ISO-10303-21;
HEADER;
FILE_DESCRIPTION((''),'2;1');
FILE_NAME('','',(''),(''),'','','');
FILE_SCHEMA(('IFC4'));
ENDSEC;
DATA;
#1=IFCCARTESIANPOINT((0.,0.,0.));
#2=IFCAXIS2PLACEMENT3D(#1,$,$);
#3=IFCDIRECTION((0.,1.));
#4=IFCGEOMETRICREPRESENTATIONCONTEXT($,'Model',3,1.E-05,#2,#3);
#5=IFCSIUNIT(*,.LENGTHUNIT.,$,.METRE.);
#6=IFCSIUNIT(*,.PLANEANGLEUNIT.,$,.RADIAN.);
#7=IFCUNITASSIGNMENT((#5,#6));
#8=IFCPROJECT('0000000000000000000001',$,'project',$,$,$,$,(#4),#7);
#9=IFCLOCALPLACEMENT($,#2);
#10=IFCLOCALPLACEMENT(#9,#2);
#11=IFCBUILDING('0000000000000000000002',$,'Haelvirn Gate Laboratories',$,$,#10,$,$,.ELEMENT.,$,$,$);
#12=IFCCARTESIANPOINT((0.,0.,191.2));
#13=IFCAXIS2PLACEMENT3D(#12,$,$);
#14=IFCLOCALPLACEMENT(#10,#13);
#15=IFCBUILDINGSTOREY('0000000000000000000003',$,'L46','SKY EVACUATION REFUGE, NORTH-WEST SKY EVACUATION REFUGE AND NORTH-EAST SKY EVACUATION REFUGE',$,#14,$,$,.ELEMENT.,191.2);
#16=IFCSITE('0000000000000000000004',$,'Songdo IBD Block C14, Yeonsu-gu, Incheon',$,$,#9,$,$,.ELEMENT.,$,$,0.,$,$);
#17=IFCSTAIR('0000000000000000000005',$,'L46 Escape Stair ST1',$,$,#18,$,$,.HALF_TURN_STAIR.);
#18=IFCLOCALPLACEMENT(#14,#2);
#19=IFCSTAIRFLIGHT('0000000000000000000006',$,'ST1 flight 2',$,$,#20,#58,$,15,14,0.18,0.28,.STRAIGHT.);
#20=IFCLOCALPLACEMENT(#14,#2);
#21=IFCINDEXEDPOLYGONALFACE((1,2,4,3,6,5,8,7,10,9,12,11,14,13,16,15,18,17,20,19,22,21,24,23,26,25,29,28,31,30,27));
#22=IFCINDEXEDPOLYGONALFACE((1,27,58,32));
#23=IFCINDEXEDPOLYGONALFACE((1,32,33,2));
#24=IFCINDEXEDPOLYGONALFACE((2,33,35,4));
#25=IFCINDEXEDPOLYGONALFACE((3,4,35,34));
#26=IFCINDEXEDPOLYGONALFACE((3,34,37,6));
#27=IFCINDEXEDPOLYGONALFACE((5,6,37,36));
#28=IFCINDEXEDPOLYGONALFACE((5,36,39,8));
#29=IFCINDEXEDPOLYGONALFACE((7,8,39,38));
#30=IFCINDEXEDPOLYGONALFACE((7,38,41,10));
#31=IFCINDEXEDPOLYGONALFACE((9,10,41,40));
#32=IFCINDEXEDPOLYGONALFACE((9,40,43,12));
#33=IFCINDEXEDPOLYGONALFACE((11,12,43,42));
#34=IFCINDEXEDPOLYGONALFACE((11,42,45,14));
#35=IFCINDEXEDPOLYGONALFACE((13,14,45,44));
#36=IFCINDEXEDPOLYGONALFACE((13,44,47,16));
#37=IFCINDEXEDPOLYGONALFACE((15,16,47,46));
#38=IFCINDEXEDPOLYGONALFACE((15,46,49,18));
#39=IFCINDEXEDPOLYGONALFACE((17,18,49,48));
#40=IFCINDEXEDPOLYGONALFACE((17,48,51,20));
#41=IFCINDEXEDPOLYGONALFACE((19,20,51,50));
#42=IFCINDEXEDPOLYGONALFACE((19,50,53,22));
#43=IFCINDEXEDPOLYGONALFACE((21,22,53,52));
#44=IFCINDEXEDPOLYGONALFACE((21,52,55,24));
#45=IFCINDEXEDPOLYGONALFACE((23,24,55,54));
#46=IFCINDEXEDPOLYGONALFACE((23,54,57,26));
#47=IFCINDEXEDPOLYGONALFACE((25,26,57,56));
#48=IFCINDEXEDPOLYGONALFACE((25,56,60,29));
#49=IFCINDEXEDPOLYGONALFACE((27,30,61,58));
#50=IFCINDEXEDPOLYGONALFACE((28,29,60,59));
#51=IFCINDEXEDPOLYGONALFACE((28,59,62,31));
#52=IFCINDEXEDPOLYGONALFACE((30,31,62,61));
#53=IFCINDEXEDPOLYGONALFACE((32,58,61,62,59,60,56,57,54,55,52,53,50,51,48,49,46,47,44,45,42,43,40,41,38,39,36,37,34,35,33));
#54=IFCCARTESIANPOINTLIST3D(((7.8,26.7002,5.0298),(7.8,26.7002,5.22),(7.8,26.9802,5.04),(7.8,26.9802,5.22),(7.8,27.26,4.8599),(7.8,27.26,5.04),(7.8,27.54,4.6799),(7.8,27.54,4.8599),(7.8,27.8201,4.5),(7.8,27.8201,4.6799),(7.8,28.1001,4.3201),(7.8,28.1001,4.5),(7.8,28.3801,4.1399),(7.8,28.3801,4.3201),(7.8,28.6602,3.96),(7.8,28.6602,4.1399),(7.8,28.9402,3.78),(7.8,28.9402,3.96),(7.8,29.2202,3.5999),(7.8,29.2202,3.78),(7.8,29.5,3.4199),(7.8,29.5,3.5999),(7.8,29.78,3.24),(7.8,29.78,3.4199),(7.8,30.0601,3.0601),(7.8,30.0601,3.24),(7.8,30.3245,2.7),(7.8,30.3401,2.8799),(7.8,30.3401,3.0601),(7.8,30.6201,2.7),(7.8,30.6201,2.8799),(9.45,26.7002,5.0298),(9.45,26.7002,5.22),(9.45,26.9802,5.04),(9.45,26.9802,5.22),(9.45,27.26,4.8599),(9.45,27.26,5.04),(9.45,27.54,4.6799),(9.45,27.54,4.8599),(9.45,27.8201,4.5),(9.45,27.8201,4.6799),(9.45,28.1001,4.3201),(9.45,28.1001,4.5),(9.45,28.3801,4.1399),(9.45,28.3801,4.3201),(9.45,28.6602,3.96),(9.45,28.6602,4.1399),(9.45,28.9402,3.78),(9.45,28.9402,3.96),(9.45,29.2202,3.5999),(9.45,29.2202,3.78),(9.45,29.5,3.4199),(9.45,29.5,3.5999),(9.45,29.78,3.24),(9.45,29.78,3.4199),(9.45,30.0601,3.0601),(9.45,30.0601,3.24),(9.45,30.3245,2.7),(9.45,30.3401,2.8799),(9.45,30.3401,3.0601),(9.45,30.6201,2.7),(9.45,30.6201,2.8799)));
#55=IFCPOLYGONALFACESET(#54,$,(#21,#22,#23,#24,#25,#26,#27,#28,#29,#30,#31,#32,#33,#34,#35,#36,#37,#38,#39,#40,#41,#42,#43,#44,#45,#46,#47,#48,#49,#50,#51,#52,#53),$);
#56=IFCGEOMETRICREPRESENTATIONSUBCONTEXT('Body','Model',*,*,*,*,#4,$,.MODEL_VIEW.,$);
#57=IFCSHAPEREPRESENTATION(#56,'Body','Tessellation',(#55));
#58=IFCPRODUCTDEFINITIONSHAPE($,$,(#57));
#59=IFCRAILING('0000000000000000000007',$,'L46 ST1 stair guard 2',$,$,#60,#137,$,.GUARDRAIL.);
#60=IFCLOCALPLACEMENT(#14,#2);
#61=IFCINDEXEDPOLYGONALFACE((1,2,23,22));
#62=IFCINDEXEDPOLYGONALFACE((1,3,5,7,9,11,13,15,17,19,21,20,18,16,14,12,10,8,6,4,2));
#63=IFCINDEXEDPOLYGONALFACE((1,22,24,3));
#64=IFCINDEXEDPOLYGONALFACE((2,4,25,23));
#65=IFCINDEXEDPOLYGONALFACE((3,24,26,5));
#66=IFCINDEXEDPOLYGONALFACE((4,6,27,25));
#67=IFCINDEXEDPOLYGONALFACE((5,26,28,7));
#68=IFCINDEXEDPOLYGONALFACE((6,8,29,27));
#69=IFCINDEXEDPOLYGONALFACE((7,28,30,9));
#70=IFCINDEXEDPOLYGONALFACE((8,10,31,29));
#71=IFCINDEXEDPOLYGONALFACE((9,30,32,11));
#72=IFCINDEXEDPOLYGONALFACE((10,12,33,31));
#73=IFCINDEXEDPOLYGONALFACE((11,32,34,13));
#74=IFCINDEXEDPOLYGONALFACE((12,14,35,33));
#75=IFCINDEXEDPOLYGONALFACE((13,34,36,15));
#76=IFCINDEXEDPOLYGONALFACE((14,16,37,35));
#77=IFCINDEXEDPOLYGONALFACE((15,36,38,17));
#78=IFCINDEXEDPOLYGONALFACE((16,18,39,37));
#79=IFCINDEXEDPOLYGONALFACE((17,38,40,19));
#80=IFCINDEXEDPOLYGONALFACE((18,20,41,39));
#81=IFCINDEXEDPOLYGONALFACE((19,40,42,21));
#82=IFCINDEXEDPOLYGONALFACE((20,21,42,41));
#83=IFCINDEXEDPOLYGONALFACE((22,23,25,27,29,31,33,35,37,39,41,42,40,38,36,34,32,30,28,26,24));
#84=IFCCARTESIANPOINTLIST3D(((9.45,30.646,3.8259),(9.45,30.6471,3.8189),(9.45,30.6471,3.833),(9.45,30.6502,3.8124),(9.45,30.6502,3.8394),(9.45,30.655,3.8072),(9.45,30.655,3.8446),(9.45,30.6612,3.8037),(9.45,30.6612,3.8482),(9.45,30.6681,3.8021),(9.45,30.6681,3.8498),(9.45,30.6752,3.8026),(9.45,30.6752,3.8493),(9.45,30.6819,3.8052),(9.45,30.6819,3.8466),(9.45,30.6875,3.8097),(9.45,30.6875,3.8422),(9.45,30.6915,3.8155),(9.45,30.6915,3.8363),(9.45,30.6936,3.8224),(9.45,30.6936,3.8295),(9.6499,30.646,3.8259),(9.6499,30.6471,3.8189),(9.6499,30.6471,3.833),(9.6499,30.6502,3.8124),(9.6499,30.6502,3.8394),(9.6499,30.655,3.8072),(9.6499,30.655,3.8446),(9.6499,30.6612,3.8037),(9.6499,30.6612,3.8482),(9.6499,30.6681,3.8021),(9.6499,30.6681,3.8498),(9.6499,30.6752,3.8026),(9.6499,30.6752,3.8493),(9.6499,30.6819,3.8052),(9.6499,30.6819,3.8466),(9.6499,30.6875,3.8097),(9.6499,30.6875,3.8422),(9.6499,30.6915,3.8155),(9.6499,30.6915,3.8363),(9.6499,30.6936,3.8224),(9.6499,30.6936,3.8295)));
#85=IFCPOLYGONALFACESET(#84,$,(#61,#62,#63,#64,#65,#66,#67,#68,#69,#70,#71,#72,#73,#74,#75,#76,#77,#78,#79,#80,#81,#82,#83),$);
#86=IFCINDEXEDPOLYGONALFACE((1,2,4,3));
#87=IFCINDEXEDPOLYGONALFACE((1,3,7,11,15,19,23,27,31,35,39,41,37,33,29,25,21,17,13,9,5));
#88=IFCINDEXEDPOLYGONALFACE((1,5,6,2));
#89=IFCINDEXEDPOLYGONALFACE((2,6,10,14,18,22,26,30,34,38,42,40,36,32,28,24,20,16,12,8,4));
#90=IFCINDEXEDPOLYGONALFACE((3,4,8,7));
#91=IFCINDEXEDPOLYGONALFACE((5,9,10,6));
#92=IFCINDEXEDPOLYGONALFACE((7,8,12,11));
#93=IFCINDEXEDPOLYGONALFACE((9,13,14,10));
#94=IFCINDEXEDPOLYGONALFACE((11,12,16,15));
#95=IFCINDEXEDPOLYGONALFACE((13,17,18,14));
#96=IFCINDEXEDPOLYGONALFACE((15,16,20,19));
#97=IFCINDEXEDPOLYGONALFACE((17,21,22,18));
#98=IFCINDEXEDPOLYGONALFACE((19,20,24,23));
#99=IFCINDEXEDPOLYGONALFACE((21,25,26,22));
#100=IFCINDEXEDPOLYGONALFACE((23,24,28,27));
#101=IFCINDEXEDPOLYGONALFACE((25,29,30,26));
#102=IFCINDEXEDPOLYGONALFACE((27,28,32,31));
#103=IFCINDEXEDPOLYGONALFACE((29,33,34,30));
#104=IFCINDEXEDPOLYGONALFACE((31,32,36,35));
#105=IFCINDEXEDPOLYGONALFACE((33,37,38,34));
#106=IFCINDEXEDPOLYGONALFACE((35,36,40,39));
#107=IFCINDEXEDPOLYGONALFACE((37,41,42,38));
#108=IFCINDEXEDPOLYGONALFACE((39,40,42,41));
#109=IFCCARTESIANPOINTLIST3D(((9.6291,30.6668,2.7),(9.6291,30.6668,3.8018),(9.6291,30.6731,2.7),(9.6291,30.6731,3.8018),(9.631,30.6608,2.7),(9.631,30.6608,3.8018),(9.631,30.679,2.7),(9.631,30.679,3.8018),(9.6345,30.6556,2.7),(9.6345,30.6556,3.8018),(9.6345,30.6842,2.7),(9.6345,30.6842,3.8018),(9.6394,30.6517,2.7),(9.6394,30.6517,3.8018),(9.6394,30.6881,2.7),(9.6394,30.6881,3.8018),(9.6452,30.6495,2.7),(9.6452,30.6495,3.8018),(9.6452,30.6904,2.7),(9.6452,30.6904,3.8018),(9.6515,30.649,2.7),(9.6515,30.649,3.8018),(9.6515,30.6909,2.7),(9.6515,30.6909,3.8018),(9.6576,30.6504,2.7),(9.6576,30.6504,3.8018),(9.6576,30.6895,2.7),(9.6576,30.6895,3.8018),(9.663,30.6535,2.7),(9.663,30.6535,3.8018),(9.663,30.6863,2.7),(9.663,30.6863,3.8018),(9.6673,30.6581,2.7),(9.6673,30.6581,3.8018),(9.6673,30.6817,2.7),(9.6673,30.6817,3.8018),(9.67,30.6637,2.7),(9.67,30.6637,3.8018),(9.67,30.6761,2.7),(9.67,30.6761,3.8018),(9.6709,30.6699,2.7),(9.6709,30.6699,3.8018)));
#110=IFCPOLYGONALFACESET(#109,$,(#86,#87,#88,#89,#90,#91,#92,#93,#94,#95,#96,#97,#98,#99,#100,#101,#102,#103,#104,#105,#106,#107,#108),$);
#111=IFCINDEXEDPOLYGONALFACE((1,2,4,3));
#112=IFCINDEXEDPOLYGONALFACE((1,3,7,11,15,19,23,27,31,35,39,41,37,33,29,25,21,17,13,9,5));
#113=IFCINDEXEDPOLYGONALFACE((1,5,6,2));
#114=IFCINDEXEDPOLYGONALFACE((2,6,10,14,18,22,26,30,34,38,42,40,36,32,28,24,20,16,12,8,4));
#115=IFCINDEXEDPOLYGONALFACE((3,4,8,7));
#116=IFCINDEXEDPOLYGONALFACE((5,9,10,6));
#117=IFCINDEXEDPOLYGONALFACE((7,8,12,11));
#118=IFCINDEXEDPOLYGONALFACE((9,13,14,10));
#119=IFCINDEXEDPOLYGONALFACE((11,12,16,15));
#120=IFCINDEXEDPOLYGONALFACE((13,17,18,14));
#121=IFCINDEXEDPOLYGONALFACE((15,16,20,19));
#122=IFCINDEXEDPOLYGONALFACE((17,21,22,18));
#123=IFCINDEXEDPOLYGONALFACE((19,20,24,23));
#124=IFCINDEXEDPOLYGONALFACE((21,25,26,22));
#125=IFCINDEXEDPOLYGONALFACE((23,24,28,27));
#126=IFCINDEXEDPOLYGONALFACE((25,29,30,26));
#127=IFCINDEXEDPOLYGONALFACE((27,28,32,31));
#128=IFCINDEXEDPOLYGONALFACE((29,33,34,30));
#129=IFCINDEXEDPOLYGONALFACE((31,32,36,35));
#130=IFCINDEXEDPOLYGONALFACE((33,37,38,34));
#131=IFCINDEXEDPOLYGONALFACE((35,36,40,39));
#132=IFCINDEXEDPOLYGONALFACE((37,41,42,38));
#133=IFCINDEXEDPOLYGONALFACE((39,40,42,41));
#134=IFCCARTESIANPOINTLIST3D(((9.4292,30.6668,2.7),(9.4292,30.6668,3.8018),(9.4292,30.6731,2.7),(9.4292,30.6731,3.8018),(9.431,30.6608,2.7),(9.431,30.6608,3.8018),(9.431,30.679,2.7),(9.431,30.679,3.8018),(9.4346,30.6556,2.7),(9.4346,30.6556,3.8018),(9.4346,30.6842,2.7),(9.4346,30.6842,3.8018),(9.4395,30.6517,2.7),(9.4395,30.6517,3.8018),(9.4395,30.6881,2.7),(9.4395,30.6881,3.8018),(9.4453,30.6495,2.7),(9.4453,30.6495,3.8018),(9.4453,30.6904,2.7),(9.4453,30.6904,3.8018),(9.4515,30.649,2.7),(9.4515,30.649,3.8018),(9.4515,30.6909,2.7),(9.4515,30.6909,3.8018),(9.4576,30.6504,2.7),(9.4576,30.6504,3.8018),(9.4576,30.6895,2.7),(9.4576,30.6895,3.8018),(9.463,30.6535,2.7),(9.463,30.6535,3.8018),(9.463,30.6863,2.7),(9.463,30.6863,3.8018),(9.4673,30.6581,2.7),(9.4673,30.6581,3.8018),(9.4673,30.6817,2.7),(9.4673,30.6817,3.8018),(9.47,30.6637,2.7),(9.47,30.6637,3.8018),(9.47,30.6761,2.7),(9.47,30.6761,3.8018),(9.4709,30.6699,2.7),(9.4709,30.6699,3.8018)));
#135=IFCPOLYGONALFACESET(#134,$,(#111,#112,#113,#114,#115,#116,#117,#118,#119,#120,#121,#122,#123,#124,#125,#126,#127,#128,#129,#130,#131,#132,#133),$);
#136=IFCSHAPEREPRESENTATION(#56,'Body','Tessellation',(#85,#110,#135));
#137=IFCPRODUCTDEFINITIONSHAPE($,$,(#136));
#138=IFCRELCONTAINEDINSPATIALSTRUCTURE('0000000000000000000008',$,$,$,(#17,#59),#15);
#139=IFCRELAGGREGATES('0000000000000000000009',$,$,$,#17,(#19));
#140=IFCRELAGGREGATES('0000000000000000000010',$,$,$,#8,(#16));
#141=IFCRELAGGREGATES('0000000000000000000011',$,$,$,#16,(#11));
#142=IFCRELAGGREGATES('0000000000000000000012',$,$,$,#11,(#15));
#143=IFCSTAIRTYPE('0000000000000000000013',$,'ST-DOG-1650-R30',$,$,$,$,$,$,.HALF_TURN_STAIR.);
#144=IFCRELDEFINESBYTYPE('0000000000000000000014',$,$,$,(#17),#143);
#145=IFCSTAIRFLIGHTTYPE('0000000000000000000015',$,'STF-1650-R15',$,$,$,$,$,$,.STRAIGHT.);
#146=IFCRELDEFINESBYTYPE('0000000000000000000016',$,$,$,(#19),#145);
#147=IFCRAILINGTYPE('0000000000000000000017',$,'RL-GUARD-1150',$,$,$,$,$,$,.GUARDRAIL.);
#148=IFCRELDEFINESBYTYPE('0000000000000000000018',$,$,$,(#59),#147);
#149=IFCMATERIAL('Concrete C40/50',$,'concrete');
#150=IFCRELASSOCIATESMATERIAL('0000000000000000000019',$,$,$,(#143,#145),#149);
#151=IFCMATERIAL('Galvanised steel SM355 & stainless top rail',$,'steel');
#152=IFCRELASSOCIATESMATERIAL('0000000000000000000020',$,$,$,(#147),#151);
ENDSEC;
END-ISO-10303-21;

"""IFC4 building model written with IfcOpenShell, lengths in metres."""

from ifc_helpers import new_model, si_unit, direction, frame, origin, origin_2d, place, context, subcontext, project, spatial, polyline, circle, outline, extrude, source, transform, mapped, material, type_object, type_shapes, element, aggregate, save


model = new_model("IFC4")

# Units and contexts
model_context = context("Model", 3, precision=1e-05, world=origin(), true_north=direction((0.0, 1.0)))
body_context = subcontext(model_context, "Body", "Model", "MODEL_VIEW")
ifc_project = project(units=[si_unit("LENGTHUNIT", "METRE"), si_unit("PLANEANGLEUNIT", "RADIAN")], contexts=[model_context])

# Site, building, storey
site_placement = place(None, origin())
site = spatial("IfcSite", under=ifc_project, at=site_placement, Name="Songdo IBD Block C14, Yeonsu-gu, Incheon", CompositionType="ELEMENT", RefElevation=0.0)
building_placement = place(site_placement, origin())
building = spatial("IfcBuilding", under=site, at=building_placement, Name="Haelvirn Gate Laboratories", CompositionType="ELEMENT")
storey_placement = place(building_placement, frame((0.0, 0.0, 191.2)))
storey = spatial("IfcBuildingStorey", under=building, at=storey_placement, Name="L46", Description="SKY EVACUATION REFUGE, NORTH-WEST SKY EVACUATION REFUGE AND NORTH-EAST SKY EVACUATION REFUGE", CompositionType="ELEMENT", Elevation=191.2)

# Shared definitions
ifc_material_1 = material(Name="Concrete C40/50", Category="concrete")

# Stair, stair flight
stair_type = type_object("IfcStairType", Name="ST-DOG-1650-R30", PredefinedType="HALF_TURN_STAIR", material=ifc_material_1)
stair_placement = place(storey_placement, origin())
stair = element("IfcStair", 1, at=stair_placement, inside=storey, type_object=stair_type, Name="L46 Escape Stair ST1", PredefinedType="HALF_TURN_STAIR")
stair_flight_type = type_object("IfcStairFlightType", Name="STF-1650-R15", PredefinedType="STRAIGHT", material=ifc_material_1)
shared_shape_1 = source(origin(), body_context, "Body", "SweptSolid", [
    extrude(outline(polyline([(0.0, 0.0), (0.0, 0.1799), (0.28, 0.1799), (0.28, 0.3601), (0.5601, 0.3601), (0.5601, 0.54), (0.8401, 0.54), (0.8401, 0.72), (1.1201, 0.72), (1.1201, 0.8999), (1.3999, 0.8999), (1.3999, 1.0801), (1.6799, 1.0801), (1.6799, 1.26), (1.96, 1.26), (1.96, 1.4399), (2.24, 1.4399), (2.24, 1.6201), (2.52, 1.6201), (2.52, 1.8), (2.8, 1.8), (2.8, 1.98), (3.0801, 1.98), (3.0801, 2.1599), (3.3601, 2.1599), (3.3601, 2.3401), (3.6399, 2.3401), (3.6399, 2.52), (3.9199, 2.52), (3.9199, 2.7), (3.9199, 2.3298), (0.2957, 0.0), (0.0, 0.0)])), frame((0.0, 0.825, 0.0), z_axis=(0.0, -1.0, 0.0), x_axis=(1.0, 0.0, 0.0)), (0.0, 0.0, 1.0), 1.6499),
])
type_shapes(stair_flight_type, [shared_shape_1])
stair_flight_1_placement = place(storey_placement, frame((8.625, 30.6201, 2.7), z_axis=(0.0, 0.0, 1.0), x_axis=(0.0, -1.0, 0.0)))
stair_flight_1 = element("IfcStairFlight", 2, at=stair_flight_1_placement, type_object=stair_flight_type, Name="ST1 flight 2", NumberOfRisers=15, NumberOfTreads=14, PredefinedType="STRAIGHT", RiserHeight=0.18, TreadLength=0.28, context=body_context, shape_type="MappedRepresentation", body=[
    mapped(shared_shape_1, transform((0.0, 0.0, 0.0), scale=1.0)),
])
aggregate(stair, [stair_flight_1])

# Railing
ifc_material_2 = material(Name="Galvanised steel SM355 & stainless top rail", Category="steel")
railing_type_1 = type_object("IfcRailingType", Name="RL-GUARD-1150", PredefinedType="GUARDRAIL", material=ifc_material_2)
shared_shape_2 = source(origin(), body_context, "Body", "SweptSolid", [
    extrude(circle(Radius=0.0239, at=origin_2d()), frame((0.0, 0.0, 1.126), z_axis=(-1.0, 0.0, 0.0), x_axis=(0.0, -1.0, 0.0)), (0.0, 0.0, 1.0), 0.2),
    extrude(circle(Radius=0.021, at=origin_2d()), origin(), (0.0, 0.0, 1.0), 1.1018),
    extrude(circle(Radius=0.021, at=origin_2d()), frame((-0.2, 0.0, 0.0)), (0.0, 0.0, 1.0), 1.1018),
])
for number, where, name in (
    (3, (9.6499, 30.6699, 2.7), "L46 ST1 stair guard 2"),
):
    element("IfcRailing", number, at=place(storey_placement, frame(where)), inside=storey, type_object=railing_type_1, Name=name, PredefinedType="GUARDRAIL", context=body_context, shape_type="MappedRepresentation", body=[
        mapped(shared_shape_2, transform((0.0, 0.0, 0.0), scale=1.0)),
    ])

save(model, "model.ifc")
